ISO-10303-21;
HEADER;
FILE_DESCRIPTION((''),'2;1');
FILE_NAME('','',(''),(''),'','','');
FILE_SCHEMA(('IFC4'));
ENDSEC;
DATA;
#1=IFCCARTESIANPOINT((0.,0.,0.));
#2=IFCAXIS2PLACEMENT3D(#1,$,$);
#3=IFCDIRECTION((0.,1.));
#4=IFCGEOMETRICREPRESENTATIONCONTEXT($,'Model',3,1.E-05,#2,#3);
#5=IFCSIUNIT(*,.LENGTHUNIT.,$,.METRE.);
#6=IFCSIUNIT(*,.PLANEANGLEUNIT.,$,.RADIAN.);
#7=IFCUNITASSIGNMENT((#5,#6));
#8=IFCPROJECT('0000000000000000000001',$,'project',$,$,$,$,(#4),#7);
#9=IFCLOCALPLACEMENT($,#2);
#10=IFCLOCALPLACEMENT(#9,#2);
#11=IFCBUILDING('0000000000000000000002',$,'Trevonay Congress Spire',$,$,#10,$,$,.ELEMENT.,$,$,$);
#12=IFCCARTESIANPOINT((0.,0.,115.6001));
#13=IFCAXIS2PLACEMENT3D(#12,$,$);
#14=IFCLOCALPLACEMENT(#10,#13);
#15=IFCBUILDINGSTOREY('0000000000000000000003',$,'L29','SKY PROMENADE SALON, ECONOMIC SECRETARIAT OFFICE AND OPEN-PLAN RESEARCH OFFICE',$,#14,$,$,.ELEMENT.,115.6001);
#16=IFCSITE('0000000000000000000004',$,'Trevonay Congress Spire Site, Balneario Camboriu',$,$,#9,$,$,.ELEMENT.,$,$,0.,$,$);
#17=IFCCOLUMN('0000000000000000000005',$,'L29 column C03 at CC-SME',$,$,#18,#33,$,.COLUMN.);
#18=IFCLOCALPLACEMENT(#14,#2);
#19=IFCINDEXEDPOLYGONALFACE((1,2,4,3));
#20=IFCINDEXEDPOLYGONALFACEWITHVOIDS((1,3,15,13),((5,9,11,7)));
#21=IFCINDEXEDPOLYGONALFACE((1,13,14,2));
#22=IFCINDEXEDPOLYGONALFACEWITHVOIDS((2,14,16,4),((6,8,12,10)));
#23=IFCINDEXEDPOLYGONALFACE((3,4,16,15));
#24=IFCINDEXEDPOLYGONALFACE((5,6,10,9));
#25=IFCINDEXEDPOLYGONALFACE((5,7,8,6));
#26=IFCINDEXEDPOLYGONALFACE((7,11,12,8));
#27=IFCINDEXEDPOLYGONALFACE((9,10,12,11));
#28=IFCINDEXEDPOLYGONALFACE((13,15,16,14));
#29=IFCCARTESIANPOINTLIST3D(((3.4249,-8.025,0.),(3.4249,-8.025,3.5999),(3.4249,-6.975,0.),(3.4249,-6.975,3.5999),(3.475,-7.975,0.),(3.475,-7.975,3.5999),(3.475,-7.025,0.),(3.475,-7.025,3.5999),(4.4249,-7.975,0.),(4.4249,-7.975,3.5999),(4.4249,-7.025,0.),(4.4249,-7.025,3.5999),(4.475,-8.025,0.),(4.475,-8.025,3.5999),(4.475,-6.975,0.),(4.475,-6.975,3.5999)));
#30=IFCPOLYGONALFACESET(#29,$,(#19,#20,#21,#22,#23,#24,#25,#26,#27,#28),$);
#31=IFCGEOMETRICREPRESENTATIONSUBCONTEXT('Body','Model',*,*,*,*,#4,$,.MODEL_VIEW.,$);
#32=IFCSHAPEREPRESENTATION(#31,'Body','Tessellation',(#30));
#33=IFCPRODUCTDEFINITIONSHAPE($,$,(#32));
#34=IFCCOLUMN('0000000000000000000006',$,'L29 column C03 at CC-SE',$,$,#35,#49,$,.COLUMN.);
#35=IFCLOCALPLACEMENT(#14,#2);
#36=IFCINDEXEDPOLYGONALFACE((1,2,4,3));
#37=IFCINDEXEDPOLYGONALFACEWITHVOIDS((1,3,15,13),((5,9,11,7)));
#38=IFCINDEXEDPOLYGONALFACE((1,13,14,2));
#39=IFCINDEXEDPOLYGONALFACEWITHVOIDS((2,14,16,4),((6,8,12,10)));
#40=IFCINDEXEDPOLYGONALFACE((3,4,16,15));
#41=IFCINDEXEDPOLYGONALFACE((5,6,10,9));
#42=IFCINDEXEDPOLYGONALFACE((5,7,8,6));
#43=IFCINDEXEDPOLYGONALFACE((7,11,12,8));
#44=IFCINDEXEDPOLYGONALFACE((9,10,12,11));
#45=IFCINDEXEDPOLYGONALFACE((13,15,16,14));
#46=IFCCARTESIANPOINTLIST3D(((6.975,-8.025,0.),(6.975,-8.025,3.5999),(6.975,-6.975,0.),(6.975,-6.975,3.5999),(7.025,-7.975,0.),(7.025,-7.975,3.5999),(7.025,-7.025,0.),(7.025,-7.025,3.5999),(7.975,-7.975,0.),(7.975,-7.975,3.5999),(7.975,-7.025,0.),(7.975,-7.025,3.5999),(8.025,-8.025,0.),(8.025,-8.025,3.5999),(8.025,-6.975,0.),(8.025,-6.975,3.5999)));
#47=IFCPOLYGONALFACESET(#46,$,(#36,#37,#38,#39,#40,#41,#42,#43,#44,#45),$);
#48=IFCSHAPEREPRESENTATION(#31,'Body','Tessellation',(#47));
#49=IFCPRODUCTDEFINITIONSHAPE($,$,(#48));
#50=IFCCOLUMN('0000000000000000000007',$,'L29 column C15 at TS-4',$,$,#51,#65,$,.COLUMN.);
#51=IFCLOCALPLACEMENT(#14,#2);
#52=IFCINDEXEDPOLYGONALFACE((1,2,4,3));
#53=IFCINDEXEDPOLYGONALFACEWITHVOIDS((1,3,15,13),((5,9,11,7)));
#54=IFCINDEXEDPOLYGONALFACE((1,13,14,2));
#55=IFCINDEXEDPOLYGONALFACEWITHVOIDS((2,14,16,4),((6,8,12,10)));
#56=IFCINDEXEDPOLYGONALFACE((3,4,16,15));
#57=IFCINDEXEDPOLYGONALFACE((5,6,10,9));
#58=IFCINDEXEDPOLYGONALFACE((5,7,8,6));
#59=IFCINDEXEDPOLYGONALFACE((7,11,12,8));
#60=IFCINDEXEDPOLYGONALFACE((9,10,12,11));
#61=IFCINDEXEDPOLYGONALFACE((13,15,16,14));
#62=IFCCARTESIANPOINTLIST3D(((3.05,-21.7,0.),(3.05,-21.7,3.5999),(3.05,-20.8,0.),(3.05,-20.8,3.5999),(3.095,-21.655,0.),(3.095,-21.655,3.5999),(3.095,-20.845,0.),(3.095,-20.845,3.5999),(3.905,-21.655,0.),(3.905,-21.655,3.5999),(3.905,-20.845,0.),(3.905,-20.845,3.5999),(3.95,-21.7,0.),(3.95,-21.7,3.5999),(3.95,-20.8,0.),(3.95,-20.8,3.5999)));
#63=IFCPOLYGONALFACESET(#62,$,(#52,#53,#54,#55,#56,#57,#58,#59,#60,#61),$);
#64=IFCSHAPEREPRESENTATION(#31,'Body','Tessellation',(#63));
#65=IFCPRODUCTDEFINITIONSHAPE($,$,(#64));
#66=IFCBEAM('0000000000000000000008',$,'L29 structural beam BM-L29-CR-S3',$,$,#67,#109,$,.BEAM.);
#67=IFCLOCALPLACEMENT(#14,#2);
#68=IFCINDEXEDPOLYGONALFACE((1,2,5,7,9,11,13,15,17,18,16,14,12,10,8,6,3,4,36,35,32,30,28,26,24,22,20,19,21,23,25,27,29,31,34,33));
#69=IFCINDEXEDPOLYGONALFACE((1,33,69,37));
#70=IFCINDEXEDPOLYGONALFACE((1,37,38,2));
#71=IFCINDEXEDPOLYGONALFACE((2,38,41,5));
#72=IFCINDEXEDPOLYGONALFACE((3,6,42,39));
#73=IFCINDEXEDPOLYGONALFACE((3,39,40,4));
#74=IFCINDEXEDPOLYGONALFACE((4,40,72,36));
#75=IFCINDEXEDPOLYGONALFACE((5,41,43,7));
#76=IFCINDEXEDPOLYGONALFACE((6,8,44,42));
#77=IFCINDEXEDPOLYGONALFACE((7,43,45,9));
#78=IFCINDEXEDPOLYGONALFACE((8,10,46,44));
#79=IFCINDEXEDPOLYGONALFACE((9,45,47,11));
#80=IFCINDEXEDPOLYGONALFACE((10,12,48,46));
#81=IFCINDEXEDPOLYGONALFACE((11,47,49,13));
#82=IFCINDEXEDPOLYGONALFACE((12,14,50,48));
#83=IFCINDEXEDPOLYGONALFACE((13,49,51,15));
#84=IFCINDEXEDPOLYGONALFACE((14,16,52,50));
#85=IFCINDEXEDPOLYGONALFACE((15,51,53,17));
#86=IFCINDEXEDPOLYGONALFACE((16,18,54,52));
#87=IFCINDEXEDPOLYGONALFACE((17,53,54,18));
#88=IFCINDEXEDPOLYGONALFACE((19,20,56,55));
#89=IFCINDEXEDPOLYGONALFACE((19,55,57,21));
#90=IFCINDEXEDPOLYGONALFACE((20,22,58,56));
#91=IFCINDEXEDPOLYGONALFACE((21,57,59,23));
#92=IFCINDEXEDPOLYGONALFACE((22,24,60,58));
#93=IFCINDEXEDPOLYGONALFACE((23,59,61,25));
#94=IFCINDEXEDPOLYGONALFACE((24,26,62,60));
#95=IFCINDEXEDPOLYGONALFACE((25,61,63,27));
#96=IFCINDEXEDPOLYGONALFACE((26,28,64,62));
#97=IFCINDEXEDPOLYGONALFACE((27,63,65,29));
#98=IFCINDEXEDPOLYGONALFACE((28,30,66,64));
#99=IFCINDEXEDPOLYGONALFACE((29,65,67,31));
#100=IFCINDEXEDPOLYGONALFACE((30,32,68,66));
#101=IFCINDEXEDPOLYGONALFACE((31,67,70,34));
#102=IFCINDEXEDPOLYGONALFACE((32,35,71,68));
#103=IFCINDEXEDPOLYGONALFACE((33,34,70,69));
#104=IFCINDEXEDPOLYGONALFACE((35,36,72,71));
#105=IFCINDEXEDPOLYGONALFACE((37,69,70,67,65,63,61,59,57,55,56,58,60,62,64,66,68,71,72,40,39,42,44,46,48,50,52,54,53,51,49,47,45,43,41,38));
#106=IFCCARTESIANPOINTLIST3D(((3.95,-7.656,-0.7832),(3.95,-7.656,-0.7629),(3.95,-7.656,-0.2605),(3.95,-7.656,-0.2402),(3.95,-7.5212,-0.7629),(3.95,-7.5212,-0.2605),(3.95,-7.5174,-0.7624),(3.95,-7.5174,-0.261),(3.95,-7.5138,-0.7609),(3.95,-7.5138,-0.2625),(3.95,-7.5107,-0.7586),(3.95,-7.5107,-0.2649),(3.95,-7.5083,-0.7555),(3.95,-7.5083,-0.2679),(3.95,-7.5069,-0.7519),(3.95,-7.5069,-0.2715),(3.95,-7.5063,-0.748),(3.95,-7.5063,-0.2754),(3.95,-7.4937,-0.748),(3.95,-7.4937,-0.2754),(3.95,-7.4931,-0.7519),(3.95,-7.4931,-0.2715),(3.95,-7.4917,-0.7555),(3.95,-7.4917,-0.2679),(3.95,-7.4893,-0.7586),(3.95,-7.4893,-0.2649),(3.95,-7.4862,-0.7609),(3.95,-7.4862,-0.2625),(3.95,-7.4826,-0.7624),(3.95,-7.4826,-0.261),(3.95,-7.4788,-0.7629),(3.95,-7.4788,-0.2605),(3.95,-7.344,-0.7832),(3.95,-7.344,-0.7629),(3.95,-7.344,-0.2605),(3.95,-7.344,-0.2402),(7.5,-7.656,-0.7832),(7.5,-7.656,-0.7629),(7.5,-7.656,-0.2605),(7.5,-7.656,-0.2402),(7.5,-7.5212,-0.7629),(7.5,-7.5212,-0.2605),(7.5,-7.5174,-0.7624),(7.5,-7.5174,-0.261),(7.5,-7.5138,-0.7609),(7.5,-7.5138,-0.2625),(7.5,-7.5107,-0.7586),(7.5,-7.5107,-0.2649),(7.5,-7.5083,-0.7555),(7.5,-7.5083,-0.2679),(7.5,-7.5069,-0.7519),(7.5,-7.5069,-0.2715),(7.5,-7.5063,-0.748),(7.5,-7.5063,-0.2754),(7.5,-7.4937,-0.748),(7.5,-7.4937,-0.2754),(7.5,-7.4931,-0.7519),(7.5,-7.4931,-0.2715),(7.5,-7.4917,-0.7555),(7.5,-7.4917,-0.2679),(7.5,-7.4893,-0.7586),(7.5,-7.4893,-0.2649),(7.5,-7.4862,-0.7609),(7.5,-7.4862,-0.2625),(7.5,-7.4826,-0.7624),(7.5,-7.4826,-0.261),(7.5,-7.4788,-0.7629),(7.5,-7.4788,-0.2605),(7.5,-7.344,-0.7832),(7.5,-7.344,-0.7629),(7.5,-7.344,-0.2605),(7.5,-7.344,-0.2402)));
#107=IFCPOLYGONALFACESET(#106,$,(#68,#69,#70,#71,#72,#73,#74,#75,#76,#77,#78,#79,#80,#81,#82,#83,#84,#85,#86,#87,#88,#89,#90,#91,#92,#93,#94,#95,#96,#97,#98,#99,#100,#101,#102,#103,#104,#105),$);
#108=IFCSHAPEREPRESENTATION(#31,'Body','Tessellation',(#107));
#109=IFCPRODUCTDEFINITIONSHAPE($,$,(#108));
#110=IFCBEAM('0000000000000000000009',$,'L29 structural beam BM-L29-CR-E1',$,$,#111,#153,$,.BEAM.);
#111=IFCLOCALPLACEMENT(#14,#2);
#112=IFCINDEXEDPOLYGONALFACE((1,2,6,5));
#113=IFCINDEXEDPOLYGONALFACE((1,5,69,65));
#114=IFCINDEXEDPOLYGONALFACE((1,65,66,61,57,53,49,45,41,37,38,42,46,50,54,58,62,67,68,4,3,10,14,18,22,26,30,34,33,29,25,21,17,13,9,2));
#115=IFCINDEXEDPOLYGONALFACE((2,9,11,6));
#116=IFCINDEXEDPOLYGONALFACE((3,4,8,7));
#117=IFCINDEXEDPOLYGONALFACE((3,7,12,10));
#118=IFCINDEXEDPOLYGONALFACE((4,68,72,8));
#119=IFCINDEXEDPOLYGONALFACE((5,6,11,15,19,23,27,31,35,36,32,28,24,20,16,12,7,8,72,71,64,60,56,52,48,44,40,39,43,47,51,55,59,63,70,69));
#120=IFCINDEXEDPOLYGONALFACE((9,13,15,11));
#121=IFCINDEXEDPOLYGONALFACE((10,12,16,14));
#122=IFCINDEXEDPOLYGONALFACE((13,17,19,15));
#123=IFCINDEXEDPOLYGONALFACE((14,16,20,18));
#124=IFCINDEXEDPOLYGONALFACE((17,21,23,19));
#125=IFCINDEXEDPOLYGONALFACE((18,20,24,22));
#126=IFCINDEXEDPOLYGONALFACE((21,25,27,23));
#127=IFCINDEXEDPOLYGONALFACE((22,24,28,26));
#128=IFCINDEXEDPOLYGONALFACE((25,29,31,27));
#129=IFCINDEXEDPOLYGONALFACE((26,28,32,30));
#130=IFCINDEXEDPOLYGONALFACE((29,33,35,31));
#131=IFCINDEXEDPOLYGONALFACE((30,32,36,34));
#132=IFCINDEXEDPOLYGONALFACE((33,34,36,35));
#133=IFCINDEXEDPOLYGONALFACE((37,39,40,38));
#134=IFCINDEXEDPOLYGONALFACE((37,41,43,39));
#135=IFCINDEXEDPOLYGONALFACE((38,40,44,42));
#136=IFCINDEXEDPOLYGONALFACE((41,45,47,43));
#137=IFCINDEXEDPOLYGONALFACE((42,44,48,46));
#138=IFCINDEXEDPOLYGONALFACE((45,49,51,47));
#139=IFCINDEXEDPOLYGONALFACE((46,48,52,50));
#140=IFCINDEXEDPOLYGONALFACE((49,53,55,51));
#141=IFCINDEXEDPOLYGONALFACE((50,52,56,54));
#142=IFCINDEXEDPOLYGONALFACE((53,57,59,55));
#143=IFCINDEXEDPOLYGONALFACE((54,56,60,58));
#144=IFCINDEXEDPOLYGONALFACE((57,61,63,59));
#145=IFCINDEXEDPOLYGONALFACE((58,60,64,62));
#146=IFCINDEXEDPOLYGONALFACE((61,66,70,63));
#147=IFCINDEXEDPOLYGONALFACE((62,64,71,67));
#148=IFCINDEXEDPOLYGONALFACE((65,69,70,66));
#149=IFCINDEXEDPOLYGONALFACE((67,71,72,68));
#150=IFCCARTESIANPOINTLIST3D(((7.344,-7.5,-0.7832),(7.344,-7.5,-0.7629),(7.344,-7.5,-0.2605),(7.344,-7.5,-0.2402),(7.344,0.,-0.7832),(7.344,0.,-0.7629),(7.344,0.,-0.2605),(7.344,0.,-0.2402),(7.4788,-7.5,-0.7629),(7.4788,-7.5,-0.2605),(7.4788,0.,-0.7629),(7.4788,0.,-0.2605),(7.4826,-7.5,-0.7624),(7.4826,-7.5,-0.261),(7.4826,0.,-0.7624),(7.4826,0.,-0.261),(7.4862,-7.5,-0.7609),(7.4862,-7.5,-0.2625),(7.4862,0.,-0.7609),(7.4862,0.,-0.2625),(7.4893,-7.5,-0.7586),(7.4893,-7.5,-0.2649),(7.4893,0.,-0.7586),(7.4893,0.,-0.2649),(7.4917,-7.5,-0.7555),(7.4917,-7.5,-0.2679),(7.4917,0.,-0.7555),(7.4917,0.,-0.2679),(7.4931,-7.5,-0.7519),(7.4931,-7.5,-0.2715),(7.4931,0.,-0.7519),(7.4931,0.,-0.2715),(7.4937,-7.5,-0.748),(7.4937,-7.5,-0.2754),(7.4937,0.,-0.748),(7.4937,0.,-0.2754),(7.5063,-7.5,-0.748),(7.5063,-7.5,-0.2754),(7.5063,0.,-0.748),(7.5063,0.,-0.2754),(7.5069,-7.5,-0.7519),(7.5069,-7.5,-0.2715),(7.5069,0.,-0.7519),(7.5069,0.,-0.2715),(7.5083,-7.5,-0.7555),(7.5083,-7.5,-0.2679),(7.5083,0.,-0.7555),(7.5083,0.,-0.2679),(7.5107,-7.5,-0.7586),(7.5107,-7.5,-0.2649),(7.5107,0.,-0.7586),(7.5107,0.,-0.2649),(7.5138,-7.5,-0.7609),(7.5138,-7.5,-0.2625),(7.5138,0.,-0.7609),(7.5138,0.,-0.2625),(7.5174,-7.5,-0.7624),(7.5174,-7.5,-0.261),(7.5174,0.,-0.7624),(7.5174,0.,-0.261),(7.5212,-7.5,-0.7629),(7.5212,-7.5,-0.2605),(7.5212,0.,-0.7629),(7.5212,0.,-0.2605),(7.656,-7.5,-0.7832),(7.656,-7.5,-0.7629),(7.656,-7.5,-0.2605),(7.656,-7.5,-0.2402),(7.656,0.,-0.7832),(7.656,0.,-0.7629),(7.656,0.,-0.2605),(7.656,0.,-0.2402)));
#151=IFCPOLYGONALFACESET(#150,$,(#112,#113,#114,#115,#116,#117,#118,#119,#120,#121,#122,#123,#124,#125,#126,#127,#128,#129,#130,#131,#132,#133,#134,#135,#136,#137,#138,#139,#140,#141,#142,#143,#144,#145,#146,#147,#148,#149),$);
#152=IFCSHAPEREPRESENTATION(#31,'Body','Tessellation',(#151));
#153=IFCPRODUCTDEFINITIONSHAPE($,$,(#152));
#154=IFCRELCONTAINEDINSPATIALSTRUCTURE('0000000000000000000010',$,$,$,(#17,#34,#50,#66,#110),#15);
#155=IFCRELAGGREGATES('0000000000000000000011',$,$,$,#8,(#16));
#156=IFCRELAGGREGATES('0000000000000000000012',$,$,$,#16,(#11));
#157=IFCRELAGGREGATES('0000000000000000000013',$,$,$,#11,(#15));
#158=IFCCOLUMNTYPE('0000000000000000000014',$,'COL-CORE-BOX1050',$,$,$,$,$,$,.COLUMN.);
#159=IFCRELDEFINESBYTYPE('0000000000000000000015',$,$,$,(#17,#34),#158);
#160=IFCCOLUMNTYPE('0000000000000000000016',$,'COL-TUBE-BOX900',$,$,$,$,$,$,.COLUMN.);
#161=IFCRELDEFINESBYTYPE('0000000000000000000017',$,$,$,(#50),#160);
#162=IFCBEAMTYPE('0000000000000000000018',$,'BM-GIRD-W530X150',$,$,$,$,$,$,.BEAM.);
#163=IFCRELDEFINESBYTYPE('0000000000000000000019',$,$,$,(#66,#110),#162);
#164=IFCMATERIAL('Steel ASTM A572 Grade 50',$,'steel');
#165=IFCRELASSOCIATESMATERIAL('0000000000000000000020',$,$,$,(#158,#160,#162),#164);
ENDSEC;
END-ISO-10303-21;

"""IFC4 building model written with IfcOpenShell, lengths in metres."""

from ifc_helpers import new_model, si_unit, direction, frame, origin, origin_2d, place, context, subcontext, project, spatial, hollow_rectangle, i_section, extrude, material, material_profile, profile_set, type_object, element, save


model = new_model("IFC4")

# Units and contexts
model_context = context("Model", 3, precision=1e-05, world=origin(), true_north=direction((0.0, 1.0)))
body_context = subcontext(model_context, "Body", "Model", "MODEL_VIEW")
ifc_project = project(units=[si_unit("LENGTHUNIT", "METRE"), si_unit("PLANEANGLEUNIT", "RADIAN")], contexts=[model_context])

# Site, building, storey
site_placement = place(None, origin())
site = spatial("IfcSite", under=ifc_project, at=site_placement, Name="Trevonay Congress Spire Site, Balneario Camboriu", CompositionType="ELEMENT", RefElevation=0.0)
building_placement = place(site_placement, origin())
building = spatial("IfcBuilding", under=site, at=building_placement, Name="Trevonay Congress Spire", CompositionType="ELEMENT")
storey_placement = place(building_placement, frame((0.0, 0.0, 115.6001)))
storey = spatial("IfcBuildingStorey", under=building, at=storey_placement, Name="L29", Description="SKY PROMENADE SALON, ECONOMIC SECRETARIAT OFFICE AND OPEN-PLAN RESEARCH OFFICE", CompositionType="ELEMENT", Elevation=115.6001)

# Columns
ifc_material_1 = material(Name="Steel ASTM A572 Grade 50", Category="steel")
ifc_material_profile_1 = material_profile(ifc_material_1, hollow_rectangle(XDim=1.05, YDim=1.05, WallThickness=0.05, at=origin_2d()), Name="BOX 1050x1050x50")
ifc_profile_set_1 = profile_set([ifc_material_profile_1], Name="Steel ASTM A572 Grade 50")
column_type_1 = type_object("IfcColumnType", Name="COL-CORE-BOX1050", PredefinedType="COLUMN", material=ifc_profile_set_1)
for number, where, z_axis, x_axis, name in (
    (1, (3.95, -7.5, 0.0), (0.0, 0.0, 1.0), (1.0, 0.0, 0.0), "L29 column C03 at CC-SME"),
    (2, (7.5, -7.5, 0.0), (0.0, 0.0, 1.0), (1.0, 0.0, 0.0), "L29 column C03 at CC-SE"),
):
    element("IfcColumn", number, at=place(storey_placement, frame(where, z_axis=z_axis, x_axis=x_axis)), inside=storey, type_object=column_type_1, Name=name, PredefinedType="COLUMN", context=body_context, shape_type="SweptSolid", body=[
        extrude(hollow_rectangle(XDim=1.05, YDim=1.05, WallThickness=0.05, at=origin_2d()), origin(), (0.0, 0.0, 1.0), 3.5999),
    ])
ifc_material_profile_2 = material_profile(ifc_material_1, hollow_rectangle(XDim=0.8999, YDim=0.8999, WallThickness=0.0449, at=origin_2d()), Name="BOX 900x900x45")
ifc_profile_set_2 = profile_set([ifc_material_profile_2], Name="Steel ASTM A572 Grade 50")
column_type_2 = type_object("IfcColumnType", Name="COL-TUBE-BOX900", PredefinedType="COLUMN", material=ifc_profile_set_2)
column_placement = place(storey_placement, frame((3.5, -21.25, 0.0), z_axis=(0.0, 0.0, 1.0), x_axis=(1.0, 0.0, 0.0)))
element("IfcColumn", 3, at=column_placement, inside=storey, type_object=column_type_2, Name="L29 column C15 at TS-4", PredefinedType="COLUMN", context=body_context, shape_type="SweptSolid", body=[
    extrude(hollow_rectangle(XDim=0.8999, YDim=0.8999, WallThickness=0.0449, at=origin_2d()), origin(), (0.0, 0.0, 1.0), 3.5999),
])

# Beams
ifc_material_profile_3 = material_profile(ifc_material_1, i_section(OverallWidth=0.312, OverallDepth=0.543, WebThickness=0.0127, FlangeThickness=0.0203, FilletRadius=0.0149, at=origin_2d()), Name="W530x150")
ifc_profile_set_3 = profile_set([ifc_material_profile_3], Name="Steel ASTM A572 Grade 50")
beam_type_1 = type_object("IfcBeamType", Name="BM-GIRD-W530X150", PredefinedType="BEAM", material=ifc_profile_set_3)
beam_1_placement = place(storey_placement, frame((3.95, -7.5, -0.5117), z_axis=(1.0, 0.0, 0.0), x_axis=(0.0, 1.0, 0.0)))
element("IfcBeam", 4, at=beam_1_placement, inside=storey, type_object=beam_type_1, Name="L29 structural beam BM-L29-CR-S3", PredefinedType="BEAM", context=body_context, shape_type="SweptSolid", body=[
    extrude(i_section(OverallWidth=0.312, OverallDepth=0.543, WebThickness=0.0127, FlangeThickness=0.0203, FilletRadius=0.0149, at=origin_2d()), origin(), (0.0, 0.0, 1.0), 3.55),
])
beam_2_placement = place(storey_placement, frame((7.5, -7.5, -0.5117), z_axis=(0.0, 1.0, 0.0), x_axis=(-1.0, 0.0, 0.0)))
element("IfcBeam", 5, at=beam_2_placement, inside=storey, type_object=beam_type_1, Name="L29 structural beam BM-L29-CR-E1", PredefinedType="BEAM", context=body_context, shape_type="SweptSolid", body=[
    extrude(i_section(OverallWidth=0.312, OverallDepth=0.543, WebThickness=0.0127, FlangeThickness=0.0203, FilletRadius=0.0149, at=origin_2d()), origin(), (0.0, 0.0, 1.0), 7.5),
])

save(model, "model.ifc")
